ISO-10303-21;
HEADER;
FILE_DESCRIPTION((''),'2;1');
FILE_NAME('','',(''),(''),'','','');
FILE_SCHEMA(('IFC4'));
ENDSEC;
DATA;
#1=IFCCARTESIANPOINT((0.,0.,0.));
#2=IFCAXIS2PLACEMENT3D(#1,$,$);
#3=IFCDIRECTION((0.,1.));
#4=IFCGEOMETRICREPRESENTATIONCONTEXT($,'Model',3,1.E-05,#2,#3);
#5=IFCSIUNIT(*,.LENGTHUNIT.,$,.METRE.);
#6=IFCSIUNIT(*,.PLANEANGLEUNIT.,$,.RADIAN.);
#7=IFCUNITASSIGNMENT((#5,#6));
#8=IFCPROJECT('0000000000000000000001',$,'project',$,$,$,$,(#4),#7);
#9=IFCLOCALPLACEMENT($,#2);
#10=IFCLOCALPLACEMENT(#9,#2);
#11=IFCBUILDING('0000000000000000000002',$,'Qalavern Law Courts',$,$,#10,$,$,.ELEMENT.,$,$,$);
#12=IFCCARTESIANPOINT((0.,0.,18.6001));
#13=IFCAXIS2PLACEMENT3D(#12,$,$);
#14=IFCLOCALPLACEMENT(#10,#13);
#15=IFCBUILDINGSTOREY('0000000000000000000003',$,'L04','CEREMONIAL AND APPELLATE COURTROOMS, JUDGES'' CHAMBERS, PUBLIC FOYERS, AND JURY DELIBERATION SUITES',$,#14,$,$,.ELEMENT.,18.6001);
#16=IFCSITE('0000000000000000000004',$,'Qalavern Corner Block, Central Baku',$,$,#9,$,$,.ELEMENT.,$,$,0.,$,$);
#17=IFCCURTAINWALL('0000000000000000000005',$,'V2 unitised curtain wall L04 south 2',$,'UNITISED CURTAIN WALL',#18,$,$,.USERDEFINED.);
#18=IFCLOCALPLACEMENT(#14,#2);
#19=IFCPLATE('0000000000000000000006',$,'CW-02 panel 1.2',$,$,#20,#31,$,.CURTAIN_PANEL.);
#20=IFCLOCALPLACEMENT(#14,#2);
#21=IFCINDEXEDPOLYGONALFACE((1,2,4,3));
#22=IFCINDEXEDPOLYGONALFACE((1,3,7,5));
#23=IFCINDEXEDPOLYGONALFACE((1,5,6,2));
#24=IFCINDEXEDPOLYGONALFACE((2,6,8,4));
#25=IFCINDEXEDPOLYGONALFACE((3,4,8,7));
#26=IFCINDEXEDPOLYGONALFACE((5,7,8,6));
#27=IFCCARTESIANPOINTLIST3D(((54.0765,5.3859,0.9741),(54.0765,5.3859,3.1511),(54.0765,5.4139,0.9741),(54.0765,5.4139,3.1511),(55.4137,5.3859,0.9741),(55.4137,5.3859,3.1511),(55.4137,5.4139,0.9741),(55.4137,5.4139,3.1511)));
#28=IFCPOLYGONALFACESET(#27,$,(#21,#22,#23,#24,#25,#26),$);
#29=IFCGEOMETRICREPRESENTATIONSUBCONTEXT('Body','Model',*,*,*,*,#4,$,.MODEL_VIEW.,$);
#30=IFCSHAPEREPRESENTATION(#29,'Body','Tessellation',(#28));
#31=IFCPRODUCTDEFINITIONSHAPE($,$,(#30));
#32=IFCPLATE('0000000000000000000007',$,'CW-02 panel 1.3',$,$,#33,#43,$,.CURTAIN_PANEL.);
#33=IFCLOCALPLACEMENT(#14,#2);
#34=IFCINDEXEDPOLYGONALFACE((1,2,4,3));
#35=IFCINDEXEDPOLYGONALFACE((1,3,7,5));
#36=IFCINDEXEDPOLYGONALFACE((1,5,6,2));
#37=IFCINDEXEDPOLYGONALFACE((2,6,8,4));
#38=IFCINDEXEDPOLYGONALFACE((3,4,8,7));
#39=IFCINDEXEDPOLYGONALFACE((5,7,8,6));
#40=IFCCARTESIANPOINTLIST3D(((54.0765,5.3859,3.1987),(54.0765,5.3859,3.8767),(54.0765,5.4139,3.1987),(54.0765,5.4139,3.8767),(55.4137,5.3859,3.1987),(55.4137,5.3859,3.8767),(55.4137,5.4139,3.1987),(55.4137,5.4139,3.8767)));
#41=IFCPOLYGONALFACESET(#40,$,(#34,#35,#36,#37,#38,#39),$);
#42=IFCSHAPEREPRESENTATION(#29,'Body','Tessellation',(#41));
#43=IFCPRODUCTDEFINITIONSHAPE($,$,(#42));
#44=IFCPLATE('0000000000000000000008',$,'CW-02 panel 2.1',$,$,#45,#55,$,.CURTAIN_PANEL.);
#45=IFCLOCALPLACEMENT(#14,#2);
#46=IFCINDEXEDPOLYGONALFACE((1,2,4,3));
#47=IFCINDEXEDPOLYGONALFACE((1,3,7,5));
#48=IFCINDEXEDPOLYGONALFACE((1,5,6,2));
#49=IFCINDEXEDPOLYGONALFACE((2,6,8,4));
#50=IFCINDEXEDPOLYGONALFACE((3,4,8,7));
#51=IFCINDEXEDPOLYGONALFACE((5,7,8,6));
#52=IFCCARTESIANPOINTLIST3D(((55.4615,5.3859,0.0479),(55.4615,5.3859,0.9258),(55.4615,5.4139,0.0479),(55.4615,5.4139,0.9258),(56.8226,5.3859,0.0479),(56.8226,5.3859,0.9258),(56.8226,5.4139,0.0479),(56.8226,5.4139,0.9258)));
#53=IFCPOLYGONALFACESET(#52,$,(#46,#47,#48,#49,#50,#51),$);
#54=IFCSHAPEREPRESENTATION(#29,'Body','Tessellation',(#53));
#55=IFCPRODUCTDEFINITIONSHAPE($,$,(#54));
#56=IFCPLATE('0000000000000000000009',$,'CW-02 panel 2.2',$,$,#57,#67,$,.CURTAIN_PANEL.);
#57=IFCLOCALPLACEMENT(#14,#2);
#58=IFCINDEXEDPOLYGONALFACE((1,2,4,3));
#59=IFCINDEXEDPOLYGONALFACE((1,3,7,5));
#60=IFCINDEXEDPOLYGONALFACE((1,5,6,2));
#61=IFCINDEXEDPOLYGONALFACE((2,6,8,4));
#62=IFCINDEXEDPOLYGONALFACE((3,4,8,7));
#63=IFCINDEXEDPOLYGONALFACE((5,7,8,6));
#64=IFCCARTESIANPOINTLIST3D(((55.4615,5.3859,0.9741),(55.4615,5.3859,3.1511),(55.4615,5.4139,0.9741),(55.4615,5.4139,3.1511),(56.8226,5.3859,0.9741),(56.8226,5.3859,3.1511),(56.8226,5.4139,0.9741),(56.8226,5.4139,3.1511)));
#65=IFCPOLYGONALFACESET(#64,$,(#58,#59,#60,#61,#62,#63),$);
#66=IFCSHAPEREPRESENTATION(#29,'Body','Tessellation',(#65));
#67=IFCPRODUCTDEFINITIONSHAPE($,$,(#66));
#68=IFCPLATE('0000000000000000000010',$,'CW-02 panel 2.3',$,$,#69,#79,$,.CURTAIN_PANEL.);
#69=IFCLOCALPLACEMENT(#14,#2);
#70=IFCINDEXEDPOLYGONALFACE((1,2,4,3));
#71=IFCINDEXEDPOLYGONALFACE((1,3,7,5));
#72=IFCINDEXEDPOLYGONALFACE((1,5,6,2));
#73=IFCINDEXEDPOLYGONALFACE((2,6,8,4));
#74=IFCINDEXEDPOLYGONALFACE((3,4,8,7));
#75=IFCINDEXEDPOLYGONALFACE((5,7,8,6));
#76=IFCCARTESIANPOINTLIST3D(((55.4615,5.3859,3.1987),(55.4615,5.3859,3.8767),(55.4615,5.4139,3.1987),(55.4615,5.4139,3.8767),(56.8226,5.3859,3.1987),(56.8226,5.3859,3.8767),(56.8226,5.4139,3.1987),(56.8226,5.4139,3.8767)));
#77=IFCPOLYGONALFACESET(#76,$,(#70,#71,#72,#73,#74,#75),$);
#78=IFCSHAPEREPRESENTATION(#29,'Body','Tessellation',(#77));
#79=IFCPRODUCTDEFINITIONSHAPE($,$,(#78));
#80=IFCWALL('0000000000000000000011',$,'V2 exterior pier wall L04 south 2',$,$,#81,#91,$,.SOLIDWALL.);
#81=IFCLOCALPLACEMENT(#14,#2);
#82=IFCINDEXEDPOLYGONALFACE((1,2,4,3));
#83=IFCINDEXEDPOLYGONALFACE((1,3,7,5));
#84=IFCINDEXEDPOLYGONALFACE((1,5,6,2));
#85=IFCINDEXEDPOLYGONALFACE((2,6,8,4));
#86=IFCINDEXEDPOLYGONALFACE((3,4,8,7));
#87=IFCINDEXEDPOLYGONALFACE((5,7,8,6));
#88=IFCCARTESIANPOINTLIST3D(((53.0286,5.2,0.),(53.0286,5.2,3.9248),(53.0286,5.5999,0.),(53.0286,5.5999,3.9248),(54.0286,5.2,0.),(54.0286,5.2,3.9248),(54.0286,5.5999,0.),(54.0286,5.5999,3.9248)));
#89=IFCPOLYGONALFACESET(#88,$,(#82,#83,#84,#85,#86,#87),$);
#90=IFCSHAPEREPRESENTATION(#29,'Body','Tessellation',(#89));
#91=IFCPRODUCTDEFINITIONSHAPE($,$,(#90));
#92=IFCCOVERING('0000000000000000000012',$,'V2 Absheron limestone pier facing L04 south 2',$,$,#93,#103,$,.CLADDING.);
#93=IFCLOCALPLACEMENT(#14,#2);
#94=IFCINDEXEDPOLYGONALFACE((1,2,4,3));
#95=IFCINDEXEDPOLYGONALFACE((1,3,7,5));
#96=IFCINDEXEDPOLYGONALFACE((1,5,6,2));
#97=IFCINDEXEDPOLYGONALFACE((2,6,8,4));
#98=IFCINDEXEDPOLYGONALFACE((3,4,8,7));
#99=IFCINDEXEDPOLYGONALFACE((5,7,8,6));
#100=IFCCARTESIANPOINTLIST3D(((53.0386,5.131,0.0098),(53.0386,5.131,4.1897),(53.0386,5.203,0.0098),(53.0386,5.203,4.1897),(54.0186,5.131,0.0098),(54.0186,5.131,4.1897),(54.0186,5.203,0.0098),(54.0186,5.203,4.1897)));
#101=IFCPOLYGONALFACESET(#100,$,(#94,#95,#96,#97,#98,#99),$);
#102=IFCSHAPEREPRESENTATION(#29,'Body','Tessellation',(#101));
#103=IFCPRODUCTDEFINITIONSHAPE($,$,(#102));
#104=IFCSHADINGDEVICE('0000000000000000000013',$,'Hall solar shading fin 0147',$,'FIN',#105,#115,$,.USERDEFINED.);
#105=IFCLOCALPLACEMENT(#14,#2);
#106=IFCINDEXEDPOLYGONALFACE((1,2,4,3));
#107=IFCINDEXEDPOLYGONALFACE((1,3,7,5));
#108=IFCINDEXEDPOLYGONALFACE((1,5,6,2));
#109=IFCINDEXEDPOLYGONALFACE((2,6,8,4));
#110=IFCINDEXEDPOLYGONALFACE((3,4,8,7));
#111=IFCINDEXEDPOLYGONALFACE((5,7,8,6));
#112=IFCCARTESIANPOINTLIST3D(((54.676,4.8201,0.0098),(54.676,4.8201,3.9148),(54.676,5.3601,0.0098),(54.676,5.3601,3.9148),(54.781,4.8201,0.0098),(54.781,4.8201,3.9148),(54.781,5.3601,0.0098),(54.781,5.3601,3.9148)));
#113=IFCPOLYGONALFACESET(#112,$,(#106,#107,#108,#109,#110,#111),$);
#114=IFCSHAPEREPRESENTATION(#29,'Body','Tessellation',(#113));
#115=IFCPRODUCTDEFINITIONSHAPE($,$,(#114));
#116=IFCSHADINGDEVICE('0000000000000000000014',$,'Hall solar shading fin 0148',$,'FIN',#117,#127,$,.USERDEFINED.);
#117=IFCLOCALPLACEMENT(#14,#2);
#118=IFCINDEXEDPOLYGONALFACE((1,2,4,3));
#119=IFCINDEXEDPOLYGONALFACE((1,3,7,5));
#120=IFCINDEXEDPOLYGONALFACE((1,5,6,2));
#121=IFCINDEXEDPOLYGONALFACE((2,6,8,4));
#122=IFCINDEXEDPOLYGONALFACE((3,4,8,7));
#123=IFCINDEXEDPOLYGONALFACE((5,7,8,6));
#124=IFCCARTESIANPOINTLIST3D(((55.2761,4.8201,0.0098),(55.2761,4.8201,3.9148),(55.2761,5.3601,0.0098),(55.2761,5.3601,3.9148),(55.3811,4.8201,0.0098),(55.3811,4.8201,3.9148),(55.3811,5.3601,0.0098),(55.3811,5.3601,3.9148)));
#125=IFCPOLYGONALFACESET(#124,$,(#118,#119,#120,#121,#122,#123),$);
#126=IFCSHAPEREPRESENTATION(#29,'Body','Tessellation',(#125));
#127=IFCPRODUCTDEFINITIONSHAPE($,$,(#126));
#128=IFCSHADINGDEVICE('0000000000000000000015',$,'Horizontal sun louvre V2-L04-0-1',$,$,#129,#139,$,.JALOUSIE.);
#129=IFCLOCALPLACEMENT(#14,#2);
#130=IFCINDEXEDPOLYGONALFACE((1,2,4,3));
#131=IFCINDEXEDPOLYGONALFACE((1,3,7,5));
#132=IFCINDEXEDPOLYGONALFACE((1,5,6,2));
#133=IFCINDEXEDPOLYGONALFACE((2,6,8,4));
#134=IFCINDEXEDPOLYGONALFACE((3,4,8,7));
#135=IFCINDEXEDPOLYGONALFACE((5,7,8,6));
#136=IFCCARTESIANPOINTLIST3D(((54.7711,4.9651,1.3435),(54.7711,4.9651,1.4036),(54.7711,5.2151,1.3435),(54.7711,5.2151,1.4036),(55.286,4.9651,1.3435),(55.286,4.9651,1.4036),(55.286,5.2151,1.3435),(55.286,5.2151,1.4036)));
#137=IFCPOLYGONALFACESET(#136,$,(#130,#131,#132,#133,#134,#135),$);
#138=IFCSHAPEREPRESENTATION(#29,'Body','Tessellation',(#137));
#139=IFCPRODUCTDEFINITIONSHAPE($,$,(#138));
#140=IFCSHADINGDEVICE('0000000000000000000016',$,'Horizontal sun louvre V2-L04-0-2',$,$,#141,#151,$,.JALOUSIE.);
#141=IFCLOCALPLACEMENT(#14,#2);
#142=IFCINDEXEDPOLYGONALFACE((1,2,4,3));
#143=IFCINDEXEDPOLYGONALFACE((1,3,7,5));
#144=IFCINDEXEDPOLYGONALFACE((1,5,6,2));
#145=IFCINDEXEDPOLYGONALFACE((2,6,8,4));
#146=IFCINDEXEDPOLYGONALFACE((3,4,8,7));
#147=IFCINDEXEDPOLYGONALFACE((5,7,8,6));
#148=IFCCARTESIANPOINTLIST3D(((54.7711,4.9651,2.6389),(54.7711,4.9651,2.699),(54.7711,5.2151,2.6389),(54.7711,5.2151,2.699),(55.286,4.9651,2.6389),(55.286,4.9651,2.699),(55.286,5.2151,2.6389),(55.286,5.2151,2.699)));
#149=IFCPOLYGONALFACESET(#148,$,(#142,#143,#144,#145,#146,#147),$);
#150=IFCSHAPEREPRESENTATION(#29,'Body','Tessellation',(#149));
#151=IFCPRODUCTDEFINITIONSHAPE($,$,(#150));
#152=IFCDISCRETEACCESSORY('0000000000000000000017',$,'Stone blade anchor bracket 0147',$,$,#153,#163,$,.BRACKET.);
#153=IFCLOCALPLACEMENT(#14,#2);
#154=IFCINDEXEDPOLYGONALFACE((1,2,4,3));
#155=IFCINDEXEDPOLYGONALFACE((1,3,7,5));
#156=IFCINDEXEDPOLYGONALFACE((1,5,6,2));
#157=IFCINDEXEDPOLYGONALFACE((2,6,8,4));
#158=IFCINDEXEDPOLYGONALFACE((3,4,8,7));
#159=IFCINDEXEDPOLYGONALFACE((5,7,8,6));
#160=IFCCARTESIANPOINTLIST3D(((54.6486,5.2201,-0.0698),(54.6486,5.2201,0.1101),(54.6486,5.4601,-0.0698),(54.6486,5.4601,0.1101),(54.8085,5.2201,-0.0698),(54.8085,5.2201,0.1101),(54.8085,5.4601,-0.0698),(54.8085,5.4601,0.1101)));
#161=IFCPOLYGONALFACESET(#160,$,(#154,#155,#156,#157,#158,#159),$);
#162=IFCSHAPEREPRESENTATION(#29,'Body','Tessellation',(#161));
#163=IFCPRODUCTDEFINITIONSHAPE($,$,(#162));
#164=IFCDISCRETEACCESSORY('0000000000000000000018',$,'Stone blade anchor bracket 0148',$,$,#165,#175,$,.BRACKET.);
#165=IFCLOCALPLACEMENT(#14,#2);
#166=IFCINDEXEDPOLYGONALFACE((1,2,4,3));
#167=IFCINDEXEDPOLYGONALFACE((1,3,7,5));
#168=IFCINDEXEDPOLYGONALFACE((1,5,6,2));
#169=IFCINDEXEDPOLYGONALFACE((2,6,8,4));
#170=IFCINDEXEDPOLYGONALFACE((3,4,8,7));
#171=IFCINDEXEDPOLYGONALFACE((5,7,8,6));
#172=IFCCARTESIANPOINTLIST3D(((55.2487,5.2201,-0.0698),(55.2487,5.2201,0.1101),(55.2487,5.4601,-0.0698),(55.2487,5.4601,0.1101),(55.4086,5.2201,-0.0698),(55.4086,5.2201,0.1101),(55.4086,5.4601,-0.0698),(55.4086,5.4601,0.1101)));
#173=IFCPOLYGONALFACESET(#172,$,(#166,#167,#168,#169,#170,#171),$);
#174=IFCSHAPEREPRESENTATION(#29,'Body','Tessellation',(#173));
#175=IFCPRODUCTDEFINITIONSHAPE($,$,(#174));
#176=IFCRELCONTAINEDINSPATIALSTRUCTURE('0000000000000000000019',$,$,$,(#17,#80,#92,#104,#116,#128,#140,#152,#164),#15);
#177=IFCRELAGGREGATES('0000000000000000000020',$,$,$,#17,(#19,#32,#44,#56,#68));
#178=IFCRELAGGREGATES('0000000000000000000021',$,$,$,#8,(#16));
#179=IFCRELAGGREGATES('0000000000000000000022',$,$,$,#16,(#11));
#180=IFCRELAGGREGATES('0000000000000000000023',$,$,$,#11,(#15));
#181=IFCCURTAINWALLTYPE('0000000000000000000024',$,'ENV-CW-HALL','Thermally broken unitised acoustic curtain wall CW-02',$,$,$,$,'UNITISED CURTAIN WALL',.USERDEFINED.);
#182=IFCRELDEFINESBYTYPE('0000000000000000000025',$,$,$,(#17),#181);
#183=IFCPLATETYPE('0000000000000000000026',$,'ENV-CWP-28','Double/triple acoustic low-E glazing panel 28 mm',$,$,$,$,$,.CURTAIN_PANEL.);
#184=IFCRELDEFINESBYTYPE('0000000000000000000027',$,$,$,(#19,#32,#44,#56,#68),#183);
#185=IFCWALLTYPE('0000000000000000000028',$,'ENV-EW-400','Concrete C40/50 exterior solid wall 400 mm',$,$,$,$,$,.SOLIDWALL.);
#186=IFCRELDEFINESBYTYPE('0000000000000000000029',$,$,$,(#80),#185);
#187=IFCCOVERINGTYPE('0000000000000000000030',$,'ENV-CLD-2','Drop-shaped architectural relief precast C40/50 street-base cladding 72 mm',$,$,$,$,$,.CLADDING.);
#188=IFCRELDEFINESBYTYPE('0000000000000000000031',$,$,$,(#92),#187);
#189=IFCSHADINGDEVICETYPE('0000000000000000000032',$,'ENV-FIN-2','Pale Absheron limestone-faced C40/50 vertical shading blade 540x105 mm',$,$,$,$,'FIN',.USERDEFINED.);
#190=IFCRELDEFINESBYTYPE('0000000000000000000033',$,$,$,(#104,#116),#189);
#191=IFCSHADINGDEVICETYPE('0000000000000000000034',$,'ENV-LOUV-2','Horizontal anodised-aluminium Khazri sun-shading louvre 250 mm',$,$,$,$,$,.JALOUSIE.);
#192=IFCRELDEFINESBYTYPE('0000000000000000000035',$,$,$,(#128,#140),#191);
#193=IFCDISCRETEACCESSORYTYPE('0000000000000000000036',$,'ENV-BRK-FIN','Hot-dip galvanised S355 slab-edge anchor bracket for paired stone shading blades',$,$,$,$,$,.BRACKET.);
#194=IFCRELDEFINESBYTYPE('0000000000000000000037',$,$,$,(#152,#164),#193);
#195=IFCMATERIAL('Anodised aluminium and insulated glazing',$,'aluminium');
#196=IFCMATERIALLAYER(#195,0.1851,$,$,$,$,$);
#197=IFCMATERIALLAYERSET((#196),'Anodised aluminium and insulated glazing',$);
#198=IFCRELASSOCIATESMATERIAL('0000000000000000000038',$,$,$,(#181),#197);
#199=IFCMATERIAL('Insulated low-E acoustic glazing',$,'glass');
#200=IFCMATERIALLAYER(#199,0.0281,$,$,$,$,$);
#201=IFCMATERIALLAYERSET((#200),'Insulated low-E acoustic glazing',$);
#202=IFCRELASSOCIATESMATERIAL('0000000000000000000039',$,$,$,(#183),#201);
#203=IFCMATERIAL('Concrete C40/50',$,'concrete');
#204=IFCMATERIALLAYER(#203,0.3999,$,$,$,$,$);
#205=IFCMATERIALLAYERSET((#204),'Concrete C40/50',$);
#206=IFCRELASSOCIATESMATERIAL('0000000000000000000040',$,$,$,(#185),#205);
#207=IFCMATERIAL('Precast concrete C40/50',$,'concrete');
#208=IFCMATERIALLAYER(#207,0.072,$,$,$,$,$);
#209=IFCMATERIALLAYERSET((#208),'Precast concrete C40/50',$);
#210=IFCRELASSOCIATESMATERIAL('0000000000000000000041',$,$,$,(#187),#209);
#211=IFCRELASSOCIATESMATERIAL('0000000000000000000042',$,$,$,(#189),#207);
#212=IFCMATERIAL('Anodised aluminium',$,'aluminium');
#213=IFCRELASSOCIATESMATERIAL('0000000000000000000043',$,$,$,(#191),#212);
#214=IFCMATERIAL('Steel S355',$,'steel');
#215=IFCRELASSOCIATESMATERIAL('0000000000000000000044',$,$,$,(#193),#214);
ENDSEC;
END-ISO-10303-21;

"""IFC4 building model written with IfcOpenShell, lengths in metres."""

from ifc_helpers import new_model, si_unit, direction, frame, frame_2d, origin, origin_2d, place, context, subcontext, project, spatial, rectangle, extrude, material, layer, layer_set, type_object, element, aggregate, save


model = new_model("IFC4")

# Units and contexts
model_context = context("Model", 3, precision=1e-05, world=origin(), true_north=direction((0.0, 1.0)))
body_context = subcontext(model_context, "Body", "Model", "MODEL_VIEW")
ifc_project = project(units=[si_unit("LENGTHUNIT", "METRE"), si_unit("PLANEANGLEUNIT", "RADIAN")], contexts=[model_context])

# Site, building, storey
site_placement = place(None, origin())
site = spatial("IfcSite", under=ifc_project, at=site_placement, Name="Qalavern Corner Block, Central Baku", CompositionType="ELEMENT", RefElevation=0.0)
building_placement = place(site_placement, origin())
building = spatial("IfcBuilding", under=site, at=building_placement, Name="Qalavern Law Courts", CompositionType="ELEMENT")
storey_placement = place(building_placement, frame((0.0, 0.0, 18.6001)))
storey = spatial("IfcBuildingStorey", under=building, at=storey_placement, Name="L04", Description="CEREMONIAL AND APPELLATE COURTROOMS, JUDGES' CHAMBERS, PUBLIC FOYERS, AND JURY DELIBERATION SUITES", CompositionType="ELEMENT", Elevation=18.6001)

# Shared definitions
ifc_material_1 = material(Name="Anodised aluminium and insulated glazing", Category="aluminium")
ifc_layer_1 = layer(ifc_material_1, 0.1851)
ifc_layer_set_1 = layer_set([ifc_layer_1], Name="Anodised aluminium and insulated glazing")
curtain_wall_type = type_object("IfcCurtainWallType", Name="ENV-CW-HALL", Description="Thermally broken unitised acoustic curtain wall CW-02", ElementType="UNITISED CURTAIN WALL", PredefinedType="USERDEFINED", material=ifc_layer_set_1)
ifc_material_2 = material(Name="Anodised aluminium", Category="aluminium")

# Curtain wall
curtain_wall_1_placement = place(storey_placement, origin())
curtain_wall_1 = element("IfcCurtainWall", 1, at=curtain_wall_1_placement, inside=storey, type_object=curtain_wall_type, Name="V2 unitised curtain wall L04 south 2", ObjectType="UNITISED CURTAIN WALL", PredefinedType="USERDEFINED")

# Plates
ifc_material_3 = material(Name="Insulated low-E acoustic glazing", Category="glass")
ifc_layer_2 = layer(ifc_material_3, 0.0281)
ifc_layer_set_2 = layer_set([ifc_layer_2], Name="Insulated low-E acoustic glazing")
plate_type_1 = type_object("IfcPlateType", Name="ENV-CWP-28", Description="Double/triple acoustic low-E glazing panel 28 mm", PredefinedType="CURTAIN_PANEL", material=ifc_layer_set_2)
plate_1_placement = place(storey_placement, frame((54.7451, 5.3999, 0.9741), z_axis=(0.0, 0.0, 1.0), x_axis=(1.0, 0.0, 0.0)))
plate_1 = element("IfcPlate", 2, at=plate_1_placement, type_object=plate_type_1, Name="CW-02 panel 1.2", PredefinedType="CURTAIN_PANEL", context=body_context, shape_type="SweptSolid", body=[
    extrude(rectangle(XDim=1.3372, YDim=0.0281, at=origin_2d()), origin(), (0.0, 0.0, 1.0), 2.177),
])
plate_2_placement = place(storey_placement, frame((54.7451, 5.3999, 3.1987), z_axis=(0.0, 0.0, 1.0), x_axis=(1.0, 0.0, 0.0)))
plate_2 = element("IfcPlate", 3, at=plate_2_placement, type_object=plate_type_1, Name="CW-02 panel 1.3", PredefinedType="CURTAIN_PANEL", context=body_context, shape_type="SweptSolid", body=[
    extrude(rectangle(XDim=1.3372, YDim=0.0281, at=origin_2d()), origin(), (0.0, 0.0, 1.0), 0.678),
])
plate_3_placement = place(storey_placement, frame((56.1421, 5.3999, 0.0479), z_axis=(0.0, 0.0, 1.0), x_axis=(1.0, 0.0, 0.0)))
plate_3 = element("IfcPlate", 4, at=plate_3_placement, type_object=plate_type_1, Name="CW-02 panel 2.1", PredefinedType="CURTAIN_PANEL", context=body_context, shape_type="SweptSolid", body=[
    extrude(rectangle(XDim=1.3611, YDim=0.0281, at=origin_2d()), origin(), (0.0, 0.0, 1.0), 0.8779),
])
plate_4_placement = place(storey_placement, frame((56.1421, 5.3999, 0.9741), z_axis=(0.0, 0.0, 1.0), x_axis=(1.0, 0.0, 0.0)))
plate_4 = element("IfcPlate", 5, at=plate_4_placement, type_object=plate_type_1, Name="CW-02 panel 2.2", PredefinedType="CURTAIN_PANEL", context=body_context, shape_type="SweptSolid", body=[
    extrude(rectangle(XDim=1.3611, YDim=0.0281, at=origin_2d()), origin(), (0.0, 0.0, 1.0), 2.177),
])
plate_5_placement = place(storey_placement, frame((56.1421, 5.3999, 3.1987), z_axis=(0.0, 0.0, 1.0), x_axis=(1.0, 0.0, 0.0)))
plate_5 = element("IfcPlate", 6, at=plate_5_placement, type_object=plate_type_1, Name="CW-02 panel 2.3", PredefinedType="CURTAIN_PANEL", context=body_context, shape_type="SweptSolid", body=[
    extrude(rectangle(XDim=1.3611, YDim=0.0281, at=origin_2d()), origin(), (0.0, 0.0, 1.0), 0.678),
])
aggregate(curtain_wall_1, [plate_1, plate_2, plate_3, plate_4, plate_5])

# Wall
ifc_material_4 = material(Name="Concrete C40/50", Category="concrete")
ifc_layer_3 = layer(ifc_material_4, 0.3999)
ifc_layer_set_3 = layer_set([ifc_layer_3], Name="Concrete C40/50")
wall_type = type_object("IfcWallType", Name="ENV-EW-400", Description="Concrete C40/50 exterior solid wall 400 mm", PredefinedType="SOLIDWALL", material=ifc_layer_set_3)
wall_placement = place(storey_placement, frame((53.0286, 5.3999, 0.0), z_axis=(0.0, 0.0, 1.0), x_axis=(1.0, 0.0, 0.0)))
element("IfcWall", 7, at=wall_placement, inside=storey, type_object=wall_type, Name="V2 exterior pier wall L04 south 2", PredefinedType="SOLIDWALL", context=body_context, shape_type="SweptSolid", body=[
    extrude(rectangle(XDim=1.0, YDim=0.3999, at=frame_2d((0.5, 0.0))), origin(), (0.0, 0.0, 1.0), 3.9248),
])

# Covering
ifc_material_5 = material(Name="Precast concrete C40/50", Category="concrete")
ifc_layer_4 = layer(ifc_material_5, 0.072)
ifc_layer_set_4 = layer_set([ifc_layer_4], Name="Precast concrete C40/50")
covering_type = type_object("IfcCoveringType", Name="ENV-CLD-2", Description="Drop-shaped architectural relief precast C40/50 street-base cladding 72 mm", PredefinedType="CLADDING", material=ifc_layer_set_4)
covering_placement = place(storey_placement, frame((53.5286, 5.167, 0.0098), z_axis=(0.0, 0.0, 1.0), x_axis=(1.0, 0.0, 0.0)))
element("IfcCovering", 8, at=covering_placement, inside=storey, type_object=covering_type, Name="V2 Absheron limestone pier facing L04 south 2", PredefinedType="CLADDING", context=body_context, shape_type="SweptSolid", body=[
    extrude(rectangle(XDim=0.98, YDim=0.072, at=origin_2d()), origin(), (0.0, 0.0, 1.0), 4.1799),
])

# Shading devices
shading_device_type_1 = type_object("IfcShadingDeviceType", Name="ENV-FIN-2", Description="Pale Absheron limestone-faced C40/50 vertical shading blade 540x105 mm", ElementType="FIN", PredefinedType="USERDEFINED", material=ifc_material_5)
for number, where, z_axis, x_axis, name in (
    (9, (54.7285, 5.0901, 0.0098), (0.0, 0.0, 1.0), (0.0, -1.0, 0.0), "Hall solar shading fin 0147"),
    (10, (55.3286, 5.0901, 0.0098), (0.0, 0.0, 1.0), (0.0, -1.0, 0.0), "Hall solar shading fin 0148"),
):
    element("IfcShadingDevice", number, at=place(storey_placement, frame(where, z_axis=z_axis, x_axis=x_axis)), inside=storey, type_object=shading_device_type_1, Name=name, ObjectType="FIN", PredefinedType="USERDEFINED", context=body_context, shape_type="SweptSolid", body=[
        extrude(rectangle(XDim=0.54, YDim=0.105, at=origin_2d()), origin(), (0.0, 0.0, 1.0), 3.905),
    ])
shading_device_type_2 = type_object("IfcShadingDeviceType", Name="ENV-LOUV-2", Description="Horizontal anodised-aluminium Khazri sun-shading louvre 250 mm", PredefinedType="JALOUSIE", material=ifc_material_2)
for number, where, z_axis, x_axis, name in (
    (11, (55.0286, 5.0901, 1.3435), (0.0, 0.0, 1.0), (1.0, 0.0, 0.0), "Horizontal sun louvre V2-L04-0-1"),
    (12, (55.0286, 5.0901, 2.6389), (0.0, 0.0, 1.0), (1.0, 0.0, 0.0), "Horizontal sun louvre V2-L04-0-2"),
):
    element("IfcShadingDevice", number, at=place(storey_placement, frame(where, z_axis=z_axis, x_axis=x_axis)), inside=storey, type_object=shading_device_type_2, Name=name, PredefinedType="JALOUSIE", context=body_context, shape_type="SweptSolid", body=[
        extrude(rectangle(XDim=0.5149, YDim=0.25, at=origin_2d()), origin(), (0.0, 0.0, 1.0), 0.0601),
    ])

# Discrete accessories
ifc_material_6 = material(Name="Steel S355", Category="steel")
discrete_accessory_type = type_object("IfcDiscreteAccessoryType", Name="ENV-BRK-FIN", Description="Hot-dip galvanised S355 slab-edge anchor bracket for paired stone shading blades", PredefinedType="BRACKET", material=ifc_material_6)
for number, where, z_axis, x_axis, name in (
    (13, (54.7285, 5.3401, -0.0698), (0.0, 0.0, 1.0), (0.0, -1.0, 0.0), "Stone blade anchor bracket 0147"),
    (14, (55.3286, 5.3401, -0.0698), (0.0, 0.0, 1.0), (0.0, -1.0, 0.0), "Stone blade anchor bracket 0148"),
):
    element("IfcDiscreteAccessory", number, at=place(storey_placement, frame(where, z_axis=z_axis, x_axis=x_axis)), inside=storey, type_object=discrete_accessory_type, Name=name, PredefinedType="BRACKET", context=body_context, shape_type="SweptSolid", body=[
        extrude(rectangle(XDim=0.24, YDim=0.1599, at=origin_2d()), origin(), (0.0, 0.0, 1.0), 0.1799),
    ])

save(model, "model.ifc")
